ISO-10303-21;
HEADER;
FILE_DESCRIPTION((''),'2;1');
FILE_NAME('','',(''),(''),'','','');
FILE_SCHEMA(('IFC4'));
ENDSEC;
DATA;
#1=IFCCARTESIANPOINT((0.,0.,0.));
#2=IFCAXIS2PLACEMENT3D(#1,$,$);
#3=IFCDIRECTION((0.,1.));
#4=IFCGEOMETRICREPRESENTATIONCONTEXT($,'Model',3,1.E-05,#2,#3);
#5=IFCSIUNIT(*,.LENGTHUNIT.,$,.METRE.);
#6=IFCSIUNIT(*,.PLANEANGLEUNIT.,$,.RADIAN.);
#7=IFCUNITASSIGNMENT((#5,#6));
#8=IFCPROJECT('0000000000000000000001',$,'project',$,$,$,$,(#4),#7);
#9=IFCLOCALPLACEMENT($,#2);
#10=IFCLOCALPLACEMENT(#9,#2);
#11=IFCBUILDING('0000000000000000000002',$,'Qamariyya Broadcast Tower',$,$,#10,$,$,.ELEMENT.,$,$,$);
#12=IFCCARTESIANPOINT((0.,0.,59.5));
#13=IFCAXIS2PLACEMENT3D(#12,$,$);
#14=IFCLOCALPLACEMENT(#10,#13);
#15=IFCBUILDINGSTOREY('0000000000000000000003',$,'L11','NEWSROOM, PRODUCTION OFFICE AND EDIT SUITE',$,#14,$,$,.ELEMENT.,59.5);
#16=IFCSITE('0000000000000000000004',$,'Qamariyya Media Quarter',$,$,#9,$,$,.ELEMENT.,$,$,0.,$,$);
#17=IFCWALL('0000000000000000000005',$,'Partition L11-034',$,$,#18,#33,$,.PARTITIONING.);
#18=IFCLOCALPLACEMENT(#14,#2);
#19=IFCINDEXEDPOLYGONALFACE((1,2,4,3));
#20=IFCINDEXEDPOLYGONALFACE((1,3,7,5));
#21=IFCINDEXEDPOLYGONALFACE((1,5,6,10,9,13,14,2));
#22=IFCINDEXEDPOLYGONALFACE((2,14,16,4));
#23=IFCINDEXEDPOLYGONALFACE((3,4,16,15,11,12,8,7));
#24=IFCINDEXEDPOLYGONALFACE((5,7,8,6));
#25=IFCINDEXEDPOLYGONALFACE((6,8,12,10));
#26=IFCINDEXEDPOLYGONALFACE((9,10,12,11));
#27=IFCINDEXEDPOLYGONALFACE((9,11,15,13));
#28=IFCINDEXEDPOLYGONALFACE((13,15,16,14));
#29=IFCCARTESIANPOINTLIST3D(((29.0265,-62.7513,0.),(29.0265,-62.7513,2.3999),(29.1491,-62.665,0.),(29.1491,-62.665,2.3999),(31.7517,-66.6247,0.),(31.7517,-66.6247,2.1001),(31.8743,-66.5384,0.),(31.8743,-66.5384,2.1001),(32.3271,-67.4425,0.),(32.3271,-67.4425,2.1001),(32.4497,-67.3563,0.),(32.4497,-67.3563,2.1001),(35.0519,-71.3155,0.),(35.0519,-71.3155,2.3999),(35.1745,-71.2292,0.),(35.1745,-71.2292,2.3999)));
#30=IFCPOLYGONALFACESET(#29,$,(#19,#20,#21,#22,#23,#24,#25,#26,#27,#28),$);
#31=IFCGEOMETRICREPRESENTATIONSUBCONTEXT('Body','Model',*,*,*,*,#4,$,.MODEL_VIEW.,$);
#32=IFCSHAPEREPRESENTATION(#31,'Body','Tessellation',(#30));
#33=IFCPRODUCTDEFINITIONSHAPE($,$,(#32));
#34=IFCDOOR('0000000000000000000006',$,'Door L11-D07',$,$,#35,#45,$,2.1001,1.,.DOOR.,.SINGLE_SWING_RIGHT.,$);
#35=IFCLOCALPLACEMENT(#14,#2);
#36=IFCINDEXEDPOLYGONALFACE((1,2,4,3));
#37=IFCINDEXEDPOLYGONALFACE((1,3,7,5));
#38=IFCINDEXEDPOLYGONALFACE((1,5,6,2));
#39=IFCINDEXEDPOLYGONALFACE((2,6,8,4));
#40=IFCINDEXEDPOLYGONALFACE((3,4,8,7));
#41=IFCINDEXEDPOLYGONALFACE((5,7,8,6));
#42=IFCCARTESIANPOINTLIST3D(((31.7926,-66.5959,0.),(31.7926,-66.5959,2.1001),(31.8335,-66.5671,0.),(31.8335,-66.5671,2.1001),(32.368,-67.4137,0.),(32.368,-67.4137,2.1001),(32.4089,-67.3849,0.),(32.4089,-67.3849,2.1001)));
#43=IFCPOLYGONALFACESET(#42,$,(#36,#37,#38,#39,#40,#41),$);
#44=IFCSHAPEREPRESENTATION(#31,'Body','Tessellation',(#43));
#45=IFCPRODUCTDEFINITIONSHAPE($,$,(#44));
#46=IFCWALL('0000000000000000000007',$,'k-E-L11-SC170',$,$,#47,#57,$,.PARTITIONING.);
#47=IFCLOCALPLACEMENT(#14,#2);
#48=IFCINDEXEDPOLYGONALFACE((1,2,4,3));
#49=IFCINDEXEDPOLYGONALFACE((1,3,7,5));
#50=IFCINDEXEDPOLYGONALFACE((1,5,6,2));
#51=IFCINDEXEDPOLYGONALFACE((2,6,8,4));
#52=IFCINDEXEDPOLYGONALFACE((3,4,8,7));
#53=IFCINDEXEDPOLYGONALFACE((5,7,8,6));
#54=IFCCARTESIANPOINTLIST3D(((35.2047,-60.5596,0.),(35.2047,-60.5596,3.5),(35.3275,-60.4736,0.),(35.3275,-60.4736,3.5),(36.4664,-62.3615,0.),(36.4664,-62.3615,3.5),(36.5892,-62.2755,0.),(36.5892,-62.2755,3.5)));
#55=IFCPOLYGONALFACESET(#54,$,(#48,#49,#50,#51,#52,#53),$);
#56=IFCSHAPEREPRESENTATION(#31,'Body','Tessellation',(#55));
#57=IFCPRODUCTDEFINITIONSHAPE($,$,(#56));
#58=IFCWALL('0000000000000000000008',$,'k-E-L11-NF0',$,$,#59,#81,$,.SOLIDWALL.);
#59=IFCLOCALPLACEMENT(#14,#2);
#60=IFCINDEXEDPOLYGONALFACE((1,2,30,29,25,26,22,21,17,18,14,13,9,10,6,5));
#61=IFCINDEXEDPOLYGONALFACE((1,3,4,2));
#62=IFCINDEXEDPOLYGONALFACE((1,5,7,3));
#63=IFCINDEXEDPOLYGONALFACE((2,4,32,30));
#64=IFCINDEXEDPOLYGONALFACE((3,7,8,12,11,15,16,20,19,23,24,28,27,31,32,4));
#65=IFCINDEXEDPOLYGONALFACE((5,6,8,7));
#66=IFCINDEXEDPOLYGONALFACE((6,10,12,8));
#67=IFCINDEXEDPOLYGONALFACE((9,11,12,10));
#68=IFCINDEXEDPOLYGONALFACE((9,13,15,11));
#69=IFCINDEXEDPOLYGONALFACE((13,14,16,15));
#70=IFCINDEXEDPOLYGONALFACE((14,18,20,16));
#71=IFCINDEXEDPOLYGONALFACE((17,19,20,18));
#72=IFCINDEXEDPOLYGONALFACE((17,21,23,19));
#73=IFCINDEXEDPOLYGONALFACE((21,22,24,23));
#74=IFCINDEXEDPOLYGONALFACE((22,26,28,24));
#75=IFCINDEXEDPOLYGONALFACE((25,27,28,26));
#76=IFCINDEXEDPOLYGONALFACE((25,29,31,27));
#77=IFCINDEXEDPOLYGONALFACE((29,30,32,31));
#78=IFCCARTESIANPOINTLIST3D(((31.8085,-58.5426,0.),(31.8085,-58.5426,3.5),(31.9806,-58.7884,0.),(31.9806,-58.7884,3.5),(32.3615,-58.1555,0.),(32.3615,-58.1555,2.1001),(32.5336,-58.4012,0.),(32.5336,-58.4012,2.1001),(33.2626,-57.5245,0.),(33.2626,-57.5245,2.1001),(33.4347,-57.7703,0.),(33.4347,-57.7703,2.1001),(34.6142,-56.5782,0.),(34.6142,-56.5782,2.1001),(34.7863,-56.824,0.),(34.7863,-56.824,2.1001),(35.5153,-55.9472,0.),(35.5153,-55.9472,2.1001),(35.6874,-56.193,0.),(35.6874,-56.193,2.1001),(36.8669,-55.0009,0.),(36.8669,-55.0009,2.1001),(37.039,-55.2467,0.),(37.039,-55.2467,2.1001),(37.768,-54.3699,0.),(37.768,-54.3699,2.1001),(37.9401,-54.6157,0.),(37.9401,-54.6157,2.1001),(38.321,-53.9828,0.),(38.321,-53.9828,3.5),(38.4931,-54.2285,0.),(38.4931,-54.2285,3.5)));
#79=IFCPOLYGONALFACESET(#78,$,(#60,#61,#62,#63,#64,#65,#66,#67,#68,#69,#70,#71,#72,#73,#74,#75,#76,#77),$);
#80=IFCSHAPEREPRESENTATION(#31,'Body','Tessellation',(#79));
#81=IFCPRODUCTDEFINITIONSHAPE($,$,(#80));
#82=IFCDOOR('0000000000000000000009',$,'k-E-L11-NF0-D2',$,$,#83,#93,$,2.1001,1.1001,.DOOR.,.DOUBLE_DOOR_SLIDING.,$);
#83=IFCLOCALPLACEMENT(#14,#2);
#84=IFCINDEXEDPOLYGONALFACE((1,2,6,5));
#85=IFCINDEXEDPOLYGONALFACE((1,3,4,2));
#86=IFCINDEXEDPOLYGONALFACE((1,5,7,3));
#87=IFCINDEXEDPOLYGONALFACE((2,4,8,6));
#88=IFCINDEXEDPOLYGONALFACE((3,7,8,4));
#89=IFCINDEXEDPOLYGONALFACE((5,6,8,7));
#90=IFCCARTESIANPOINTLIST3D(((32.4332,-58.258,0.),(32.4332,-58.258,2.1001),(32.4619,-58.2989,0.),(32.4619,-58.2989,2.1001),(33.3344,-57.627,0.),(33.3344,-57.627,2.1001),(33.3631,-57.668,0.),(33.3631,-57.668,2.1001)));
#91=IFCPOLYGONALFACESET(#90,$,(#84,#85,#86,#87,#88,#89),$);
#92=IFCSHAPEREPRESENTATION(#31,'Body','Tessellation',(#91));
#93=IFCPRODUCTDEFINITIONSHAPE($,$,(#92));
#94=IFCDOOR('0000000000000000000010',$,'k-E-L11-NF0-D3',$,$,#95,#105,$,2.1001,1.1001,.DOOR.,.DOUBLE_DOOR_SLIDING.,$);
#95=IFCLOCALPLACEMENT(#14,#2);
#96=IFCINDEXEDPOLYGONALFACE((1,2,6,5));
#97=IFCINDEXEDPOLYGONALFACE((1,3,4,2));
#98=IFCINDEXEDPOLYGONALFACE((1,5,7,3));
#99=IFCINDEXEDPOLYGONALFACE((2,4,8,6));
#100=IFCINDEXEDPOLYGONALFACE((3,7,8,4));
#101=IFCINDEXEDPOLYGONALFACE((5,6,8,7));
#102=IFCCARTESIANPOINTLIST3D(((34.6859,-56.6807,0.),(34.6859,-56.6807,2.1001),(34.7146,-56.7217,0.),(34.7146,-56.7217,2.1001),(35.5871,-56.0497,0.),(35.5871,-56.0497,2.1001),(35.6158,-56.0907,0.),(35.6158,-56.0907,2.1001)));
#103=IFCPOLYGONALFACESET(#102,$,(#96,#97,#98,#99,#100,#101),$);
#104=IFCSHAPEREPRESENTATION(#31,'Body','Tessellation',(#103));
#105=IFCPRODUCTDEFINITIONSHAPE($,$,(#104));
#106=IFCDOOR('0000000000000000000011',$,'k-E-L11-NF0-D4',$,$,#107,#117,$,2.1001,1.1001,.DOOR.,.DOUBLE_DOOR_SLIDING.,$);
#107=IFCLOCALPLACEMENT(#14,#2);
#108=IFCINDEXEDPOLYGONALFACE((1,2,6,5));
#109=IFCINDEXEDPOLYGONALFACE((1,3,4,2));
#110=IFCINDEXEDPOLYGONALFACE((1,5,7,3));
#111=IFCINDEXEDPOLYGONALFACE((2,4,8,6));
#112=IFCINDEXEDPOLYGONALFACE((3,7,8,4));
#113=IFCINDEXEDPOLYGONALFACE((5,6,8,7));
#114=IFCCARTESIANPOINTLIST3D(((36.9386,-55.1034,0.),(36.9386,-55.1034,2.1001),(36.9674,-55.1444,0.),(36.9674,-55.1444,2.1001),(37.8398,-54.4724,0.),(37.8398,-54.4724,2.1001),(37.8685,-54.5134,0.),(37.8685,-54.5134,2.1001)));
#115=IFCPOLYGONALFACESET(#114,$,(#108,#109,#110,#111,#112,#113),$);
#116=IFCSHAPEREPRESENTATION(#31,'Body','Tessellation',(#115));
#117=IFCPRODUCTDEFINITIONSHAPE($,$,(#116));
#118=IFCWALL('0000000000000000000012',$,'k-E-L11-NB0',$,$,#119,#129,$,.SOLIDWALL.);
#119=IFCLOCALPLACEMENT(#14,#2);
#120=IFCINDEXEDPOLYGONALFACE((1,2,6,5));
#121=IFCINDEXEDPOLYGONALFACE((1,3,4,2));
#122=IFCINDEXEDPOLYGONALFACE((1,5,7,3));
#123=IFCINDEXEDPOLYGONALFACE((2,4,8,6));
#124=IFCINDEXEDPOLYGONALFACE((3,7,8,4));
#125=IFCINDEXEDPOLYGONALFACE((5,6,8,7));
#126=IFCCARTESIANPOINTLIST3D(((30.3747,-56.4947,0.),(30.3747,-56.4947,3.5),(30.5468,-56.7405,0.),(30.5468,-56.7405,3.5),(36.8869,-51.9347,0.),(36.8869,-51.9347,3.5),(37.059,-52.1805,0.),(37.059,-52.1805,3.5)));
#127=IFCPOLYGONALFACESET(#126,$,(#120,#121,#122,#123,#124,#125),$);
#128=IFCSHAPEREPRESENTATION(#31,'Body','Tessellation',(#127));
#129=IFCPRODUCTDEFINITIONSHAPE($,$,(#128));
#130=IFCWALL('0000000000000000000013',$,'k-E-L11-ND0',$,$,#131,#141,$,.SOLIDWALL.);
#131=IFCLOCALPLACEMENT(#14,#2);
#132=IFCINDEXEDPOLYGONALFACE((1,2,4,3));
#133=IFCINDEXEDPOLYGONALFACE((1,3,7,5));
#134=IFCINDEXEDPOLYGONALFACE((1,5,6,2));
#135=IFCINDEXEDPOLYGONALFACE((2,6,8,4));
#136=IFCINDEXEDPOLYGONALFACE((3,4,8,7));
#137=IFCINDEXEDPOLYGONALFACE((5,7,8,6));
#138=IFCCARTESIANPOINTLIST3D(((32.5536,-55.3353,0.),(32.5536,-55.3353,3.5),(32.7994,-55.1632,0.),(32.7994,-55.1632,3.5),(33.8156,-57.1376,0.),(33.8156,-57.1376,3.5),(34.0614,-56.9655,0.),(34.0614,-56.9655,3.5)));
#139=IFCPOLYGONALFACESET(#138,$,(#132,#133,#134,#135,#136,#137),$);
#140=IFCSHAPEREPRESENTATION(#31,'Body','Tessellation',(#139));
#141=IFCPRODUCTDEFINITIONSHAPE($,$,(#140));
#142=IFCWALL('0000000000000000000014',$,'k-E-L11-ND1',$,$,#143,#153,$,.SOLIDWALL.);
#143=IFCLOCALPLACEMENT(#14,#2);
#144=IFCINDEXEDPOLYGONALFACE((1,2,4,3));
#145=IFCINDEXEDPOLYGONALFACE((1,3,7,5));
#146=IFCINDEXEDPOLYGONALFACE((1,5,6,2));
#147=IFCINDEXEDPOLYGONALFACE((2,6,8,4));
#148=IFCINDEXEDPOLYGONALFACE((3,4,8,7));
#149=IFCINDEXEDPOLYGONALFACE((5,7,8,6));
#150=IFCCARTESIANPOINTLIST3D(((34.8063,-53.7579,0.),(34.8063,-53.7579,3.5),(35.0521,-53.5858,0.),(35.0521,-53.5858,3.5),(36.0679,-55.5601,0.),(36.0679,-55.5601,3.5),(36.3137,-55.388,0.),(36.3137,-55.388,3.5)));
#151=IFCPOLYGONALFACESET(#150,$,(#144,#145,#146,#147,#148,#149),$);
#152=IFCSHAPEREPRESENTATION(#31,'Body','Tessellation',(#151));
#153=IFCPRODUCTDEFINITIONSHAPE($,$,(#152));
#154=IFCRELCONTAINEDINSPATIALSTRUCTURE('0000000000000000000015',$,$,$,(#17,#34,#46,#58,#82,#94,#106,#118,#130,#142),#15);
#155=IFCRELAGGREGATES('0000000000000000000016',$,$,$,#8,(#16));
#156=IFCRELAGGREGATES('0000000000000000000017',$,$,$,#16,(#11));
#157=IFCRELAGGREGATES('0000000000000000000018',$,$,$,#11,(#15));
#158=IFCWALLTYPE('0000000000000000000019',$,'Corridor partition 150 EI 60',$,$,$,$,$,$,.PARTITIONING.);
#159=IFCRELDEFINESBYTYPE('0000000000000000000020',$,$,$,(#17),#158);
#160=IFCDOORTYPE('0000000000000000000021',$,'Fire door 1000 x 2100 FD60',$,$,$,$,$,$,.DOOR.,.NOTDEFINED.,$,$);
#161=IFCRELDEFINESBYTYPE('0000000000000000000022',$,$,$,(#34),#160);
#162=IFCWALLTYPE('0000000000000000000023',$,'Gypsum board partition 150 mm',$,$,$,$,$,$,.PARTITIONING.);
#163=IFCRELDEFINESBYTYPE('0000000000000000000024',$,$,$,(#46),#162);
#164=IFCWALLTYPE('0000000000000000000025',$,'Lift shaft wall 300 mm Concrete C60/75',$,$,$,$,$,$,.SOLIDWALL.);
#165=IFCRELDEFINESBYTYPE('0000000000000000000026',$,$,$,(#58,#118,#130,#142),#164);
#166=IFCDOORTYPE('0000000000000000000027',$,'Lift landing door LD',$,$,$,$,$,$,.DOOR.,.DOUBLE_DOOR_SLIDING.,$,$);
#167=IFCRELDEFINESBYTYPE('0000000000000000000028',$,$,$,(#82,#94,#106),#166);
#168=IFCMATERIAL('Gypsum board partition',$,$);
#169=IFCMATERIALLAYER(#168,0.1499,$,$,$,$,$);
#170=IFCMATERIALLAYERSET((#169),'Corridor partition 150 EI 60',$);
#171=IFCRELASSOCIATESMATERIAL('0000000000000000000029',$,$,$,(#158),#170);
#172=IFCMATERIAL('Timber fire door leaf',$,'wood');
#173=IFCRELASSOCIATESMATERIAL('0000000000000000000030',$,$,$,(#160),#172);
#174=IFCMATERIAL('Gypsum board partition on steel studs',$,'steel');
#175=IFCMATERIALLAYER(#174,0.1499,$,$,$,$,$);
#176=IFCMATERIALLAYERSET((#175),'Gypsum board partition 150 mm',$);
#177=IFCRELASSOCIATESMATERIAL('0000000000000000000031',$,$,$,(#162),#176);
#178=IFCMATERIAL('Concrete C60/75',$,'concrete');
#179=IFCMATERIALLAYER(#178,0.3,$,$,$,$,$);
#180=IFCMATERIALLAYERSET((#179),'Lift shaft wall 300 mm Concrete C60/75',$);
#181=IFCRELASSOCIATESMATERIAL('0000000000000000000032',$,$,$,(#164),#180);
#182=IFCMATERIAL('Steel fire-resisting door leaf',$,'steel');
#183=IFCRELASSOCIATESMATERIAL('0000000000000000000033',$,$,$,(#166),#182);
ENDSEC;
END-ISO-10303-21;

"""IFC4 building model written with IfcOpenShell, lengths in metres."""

from ifc_helpers import new_model, si_unit, direction, frame, frame_2d, origin, place, context, subcontext, project, spatial, rectangle, extrude, material, layer, layer_set, type_object, element, fill, save


model = new_model("IFC4")

# Units and contexts
model_context = context("Model", 3, precision=1e-05, world=origin(), true_north=direction((0.0, 1.0)))
body_context = subcontext(model_context, "Body", "Model", "MODEL_VIEW")
ifc_project = project(units=[si_unit("LENGTHUNIT", "METRE"), si_unit("PLANEANGLEUNIT", "RADIAN")], contexts=[model_context])

# Site, building, storey
site_placement = place(None, origin())
site = spatial("IfcSite", under=ifc_project, at=site_placement, Name="Qamariyya Media Quarter", CompositionType="ELEMENT", RefElevation=0.0)
building_placement = place(site_placement, origin())
building = spatial("IfcBuilding", under=site, at=building_placement, Name="Qamariyya Broadcast Tower", CompositionType="ELEMENT")
storey_placement = place(building_placement, frame((0.0, 0.0, 59.5)))
storey = spatial("IfcBuildingStorey", under=building, at=storey_placement, Name="L11", Description="NEWSROOM, PRODUCTION OFFICE AND EDIT SUITE", CompositionType="ELEMENT", Elevation=59.5)

# Shared definitions
ifc_material_1 = material(Name="Steel fire-resisting door leaf", Category="steel")

# Wall, opening, door
ifc_material_2 = material(Name="Gypsum board partition")
ifc_layer_1 = layer(ifc_material_2, 0.1499)
ifc_layer_set_1 = layer_set([ifc_layer_1], Name="Corridor partition 150 EI 60")
wall_type_1 = type_object("IfcWallType", Name="Corridor partition 150 EI 60", PredefinedType="PARTITIONING", material=ifc_layer_set_1)
wall_1_placement = place(storey_placement, frame((35.1133, -71.2725, 0.0), z_axis=(0.0, 0.0, 1.0), x_axis=(-0.575412, 0.817864, 0.0)))
wall_1 = element("IfcWall", 1, at=wall_1_placement, inside=storey, type_object=wall_type_1, Name="Partition L11-034", PredefinedType="PARTITIONING", context=body_context, shape_type="SweptSolid", body=[
    extrude(rectangle(XDim=10.4714, YDim=0.1499, at=frame_2d((5.2358, 0.0))), origin(), (0.0, 0.0, 1.0), 2.3999),
])
opening_1_placement = place(wall_1_placement, frame((4.7356, 0.0, 0.0)))
opening_1 = element("IfcOpeningElement", 2, at=opening_1_placement, cuts=wall_1, PredefinedType="OPENING", context=body_context, shape_type="SweptSolid", body=[
    extrude(rectangle(XDim=1.0, YDim=2.1001, at=frame_2d((0.5, 1.05))), frame((0.0, 0.085, 0.0), z_axis=(0.0, -1.0, 0.0), x_axis=(1.0, 0.0, 0.0)), (0.0, 0.0, 1.0), 0.1699),
])
ifc_material_3 = material(Name="Timber fire door leaf", Category="wood")
door_type_1 = type_object("IfcDoorType", Name="Fire door 1000 x 2100 FD60", OperationType="NOTDEFINED", PredefinedType="DOOR", material=ifc_material_3)
door_1_placement = place(opening_1_placement, origin())
door_1 = element("IfcDoor", 3, at=door_1_placement, inside=storey, type_object=door_type_1, Name="Door L11-D07", OperationType="SINGLE_SWING_RIGHT", OverallHeight=2.1001, OverallWidth=1.0, PredefinedType="DOOR", context=body_context, shape_type="SweptSolid", body=[
    extrude(rectangle(XDim=1.0, YDim=2.1001, at=frame_2d((0.5, 1.05))), frame((0.0, 0.0249, 0.0), z_axis=(0.0, -1.0, 0.0), x_axis=(1.0, 0.0, 0.0)), (0.0, 0.0, 1.0), 0.05),
])
fill(opening_1, door_1)

# Wall
ifc_material_4 = material(Name="Gypsum board partition on steel studs", Category="steel")
ifc_layer_2 = layer(ifc_material_4, 0.1499)
ifc_layer_set_2 = layer_set([ifc_layer_2], Name="Gypsum board partition 150 mm")
wall_type_2 = type_object("IfcWallType", Name="Gypsum board partition 150 mm", PredefinedType="PARTITIONING", material=ifc_layer_set_2)
wall_2_placement = place(storey_placement, frame((35.2661, -60.5166, 0.0), z_axis=(0.0, 0.0, 1.0), x_axis=(0.573559, -0.819164, 0.0)))
element("IfcWall", 4, at=wall_2_placement, inside=storey, type_object=wall_type_2, Name="k-E-L11-SC170", PredefinedType="PARTITIONING", context=body_context, shape_type="SweptSolid", body=[
    extrude(rectangle(XDim=2.1997, YDim=0.1499, at=frame_2d((1.0999, 0.0))), origin(), (0.0, 0.0, 1.0), 3.5),
])

# Wall, openings, doors
ifc_material_5 = material(Name="Concrete C60/75", Category="concrete")
ifc_layer_3 = layer(ifc_material_5, 0.3)
ifc_layer_set_3 = layer_set([ifc_layer_3], Name="Lift shaft wall 300 mm Concrete C60/75")
wall_type_3 = type_object("IfcWallType", Name="Lift shaft wall 300 mm Concrete C60/75", PredefinedType="SOLIDWALL", material=ifc_layer_set_3)
wall_3_placement = place(storey_placement, frame((31.8945, -58.6655, 0.0), z_axis=(0.0, 0.0, 1.0), x_axis=(0.819167, 0.573555, 0.0)))
wall_3 = element("IfcWall", 5, at=wall_3_placement, inside=storey, type_object=wall_type_3, Name="k-E-L11-NF0", PredefinedType="SOLIDWALL", context=body_context, shape_type="SweptSolid", body=[
    extrude(rectangle(XDim=7.9502, YDim=0.3, at=frame_2d((3.9751, 0.0))), origin(), (0.0, 0.0, 1.0), 3.5),
])
opening_2_placement = place(wall_3_placement, frame((0.675, 0.0, 0.0)))
opening_2 = element("IfcOpeningElement", 6, at=opening_2_placement, cuts=wall_3, PredefinedType="OPENING", context=body_context, shape_type="SweptSolid", body=[
    extrude(rectangle(XDim=1.1001, YDim=2.1001, at=frame_2d((0.55, 1.05))), frame((0.0, 0.1599, 0.0), z_axis=(0.0, -1.0, 0.0), x_axis=(1.0, 0.0, 0.0)), (0.0, 0.0, 1.0), 0.3201),
])
opening_3_placement = place(wall_3_placement, frame((3.425, 0.0, 0.0)))
opening_3 = element("IfcOpeningElement", 7, at=opening_3_placement, cuts=wall_3, PredefinedType="OPENING", context=body_context, shape_type="SweptSolid", body=[
    extrude(rectangle(XDim=1.1001, YDim=2.1001, at=frame_2d((0.55, 1.05))), frame((0.0, 0.1599, 0.0), z_axis=(0.0, -1.0, 0.0), x_axis=(1.0, 0.0, 0.0)), (0.0, 0.0, 1.0), 0.3201),
])
opening_4_placement = place(wall_3_placement, frame((6.175, 0.0, 0.0)))
opening_4 = element("IfcOpeningElement", 8, at=opening_4_placement, cuts=wall_3, PredefinedType="OPENING", context=body_context, shape_type="SweptSolid", body=[
    extrude(rectangle(XDim=1.1001, YDim=2.1001, at=frame_2d((0.55, 1.05))), frame((0.0, 0.1599, 0.0), z_axis=(0.0, -1.0, 0.0), x_axis=(1.0, 0.0, 0.0)), (0.0, 0.0, 1.0), 0.3201),
])
door_type_2 = type_object("IfcDoorType", Name="Lift landing door LD", OperationType="DOUBLE_DOOR_SLIDING", PredefinedType="DOOR", material=ifc_material_1)
door_2_placement = place(opening_2_placement, origin())
door_2 = element("IfcDoor", 9, at=door_2_placement, inside=storey, type_object=door_type_2, Name="k-E-L11-NF0-D2", OperationType="DOUBLE_DOOR_SLIDING", OverallHeight=2.1001, OverallWidth=1.1001, PredefinedType="DOOR", context=body_context, shape_type="SweptSolid", body=[
    extrude(rectangle(XDim=1.1001, YDim=2.1001, at=frame_2d((0.55, 1.05))), frame((0.0, 0.0249, 0.0), z_axis=(0.0, -1.0, 0.0), x_axis=(1.0, 0.0, 0.0)), (0.0, 0.0, 1.0), 0.05),
])
fill(opening_2, door_2)
door_3_placement = place(opening_3_placement, origin())
door_3 = element("IfcDoor", 10, at=door_3_placement, inside=storey, type_object=door_type_2, Name="k-E-L11-NF0-D3", OperationType="DOUBLE_DOOR_SLIDING", OverallHeight=2.1001, OverallWidth=1.1001, PredefinedType="DOOR", context=body_context, shape_type="SweptSolid", body=[
    extrude(rectangle(XDim=1.1001, YDim=2.1001, at=frame_2d((0.55, 1.05))), frame((0.0, 0.0249, 0.0), z_axis=(0.0, -1.0, 0.0), x_axis=(1.0, 0.0, 0.0)), (0.0, 0.0, 1.0), 0.05),
])
fill(opening_3, door_3)
door_4_placement = place(opening_4_placement, origin())
door_4 = element("IfcDoor", 11, at=door_4_placement, inside=storey, type_object=door_type_2, Name="k-E-L11-NF0-D4", OperationType="DOUBLE_DOOR_SLIDING", OverallHeight=2.1001, OverallWidth=1.1001, PredefinedType="DOOR", context=body_context, shape_type="SweptSolid", body=[
    extrude(rectangle(XDim=1.1001, YDim=2.1001, at=frame_2d((0.55, 1.05))), frame((0.0, 0.0249, 0.0), z_axis=(0.0, -1.0, 0.0), x_axis=(1.0, 0.0, 0.0)), (0.0, 0.0, 1.0), 0.05),
])
fill(opening_4, door_4)

# Walls
wall_4_placement = place(storey_placement, frame((30.4607, -56.6177, 0.0), z_axis=(0.0, 0.0, 1.0), x_axis=(0.819142, 0.57359, 0.0)))
element("IfcWall", 12, at=wall_4_placement, inside=storey, type_object=wall_type_3, Name="k-E-L11-NB0", PredefinedType="SOLIDWALL", context=body_context, shape_type="SweptSolid", body=[
    extrude(rectangle(XDim=7.95, YDim=0.3, at=frame_2d((3.9751, 0.0))), origin(), (0.0, 0.0, 1.0), 3.5),
])
wall_5_placement = place(storey_placement, frame((33.9385, -57.0515, 0.0), z_axis=(0.0, 0.0, 1.0), x_axis=(-0.573581, 0.819149, 0.0)))
element("IfcWall", 13, at=wall_5_placement, inside=storey, type_object=wall_type_3, Name="k-E-L11-ND0", PredefinedType="SOLIDWALL", context=body_context, shape_type="SweptSolid", body=[
    extrude(rectangle(XDim=2.2002, YDim=0.3, at=frame_2d((1.1001, 0.0))), origin(), (0.0, 0.0, 1.0), 3.5),
])
wall_6_placement = place(storey_placement, frame((36.1909, -55.4741, 0.0), z_axis=(0.0, 0.0, 1.0), x_axis=(-0.573507, 0.819201, 0.0)))
element("IfcWall", 14, at=wall_6_placement, inside=storey, type_object=wall_type_3, Name="k-E-L11-ND1", PredefinedType="SOLIDWALL", context=body_context, shape_type="SweptSolid", body=[
    extrude(rectangle(XDim=2.2, YDim=0.3, at=frame_2d((1.1001, 0.0))), origin(), (0.0, 0.0, 1.0), 3.5),
])

save(model, "model.ifc")
